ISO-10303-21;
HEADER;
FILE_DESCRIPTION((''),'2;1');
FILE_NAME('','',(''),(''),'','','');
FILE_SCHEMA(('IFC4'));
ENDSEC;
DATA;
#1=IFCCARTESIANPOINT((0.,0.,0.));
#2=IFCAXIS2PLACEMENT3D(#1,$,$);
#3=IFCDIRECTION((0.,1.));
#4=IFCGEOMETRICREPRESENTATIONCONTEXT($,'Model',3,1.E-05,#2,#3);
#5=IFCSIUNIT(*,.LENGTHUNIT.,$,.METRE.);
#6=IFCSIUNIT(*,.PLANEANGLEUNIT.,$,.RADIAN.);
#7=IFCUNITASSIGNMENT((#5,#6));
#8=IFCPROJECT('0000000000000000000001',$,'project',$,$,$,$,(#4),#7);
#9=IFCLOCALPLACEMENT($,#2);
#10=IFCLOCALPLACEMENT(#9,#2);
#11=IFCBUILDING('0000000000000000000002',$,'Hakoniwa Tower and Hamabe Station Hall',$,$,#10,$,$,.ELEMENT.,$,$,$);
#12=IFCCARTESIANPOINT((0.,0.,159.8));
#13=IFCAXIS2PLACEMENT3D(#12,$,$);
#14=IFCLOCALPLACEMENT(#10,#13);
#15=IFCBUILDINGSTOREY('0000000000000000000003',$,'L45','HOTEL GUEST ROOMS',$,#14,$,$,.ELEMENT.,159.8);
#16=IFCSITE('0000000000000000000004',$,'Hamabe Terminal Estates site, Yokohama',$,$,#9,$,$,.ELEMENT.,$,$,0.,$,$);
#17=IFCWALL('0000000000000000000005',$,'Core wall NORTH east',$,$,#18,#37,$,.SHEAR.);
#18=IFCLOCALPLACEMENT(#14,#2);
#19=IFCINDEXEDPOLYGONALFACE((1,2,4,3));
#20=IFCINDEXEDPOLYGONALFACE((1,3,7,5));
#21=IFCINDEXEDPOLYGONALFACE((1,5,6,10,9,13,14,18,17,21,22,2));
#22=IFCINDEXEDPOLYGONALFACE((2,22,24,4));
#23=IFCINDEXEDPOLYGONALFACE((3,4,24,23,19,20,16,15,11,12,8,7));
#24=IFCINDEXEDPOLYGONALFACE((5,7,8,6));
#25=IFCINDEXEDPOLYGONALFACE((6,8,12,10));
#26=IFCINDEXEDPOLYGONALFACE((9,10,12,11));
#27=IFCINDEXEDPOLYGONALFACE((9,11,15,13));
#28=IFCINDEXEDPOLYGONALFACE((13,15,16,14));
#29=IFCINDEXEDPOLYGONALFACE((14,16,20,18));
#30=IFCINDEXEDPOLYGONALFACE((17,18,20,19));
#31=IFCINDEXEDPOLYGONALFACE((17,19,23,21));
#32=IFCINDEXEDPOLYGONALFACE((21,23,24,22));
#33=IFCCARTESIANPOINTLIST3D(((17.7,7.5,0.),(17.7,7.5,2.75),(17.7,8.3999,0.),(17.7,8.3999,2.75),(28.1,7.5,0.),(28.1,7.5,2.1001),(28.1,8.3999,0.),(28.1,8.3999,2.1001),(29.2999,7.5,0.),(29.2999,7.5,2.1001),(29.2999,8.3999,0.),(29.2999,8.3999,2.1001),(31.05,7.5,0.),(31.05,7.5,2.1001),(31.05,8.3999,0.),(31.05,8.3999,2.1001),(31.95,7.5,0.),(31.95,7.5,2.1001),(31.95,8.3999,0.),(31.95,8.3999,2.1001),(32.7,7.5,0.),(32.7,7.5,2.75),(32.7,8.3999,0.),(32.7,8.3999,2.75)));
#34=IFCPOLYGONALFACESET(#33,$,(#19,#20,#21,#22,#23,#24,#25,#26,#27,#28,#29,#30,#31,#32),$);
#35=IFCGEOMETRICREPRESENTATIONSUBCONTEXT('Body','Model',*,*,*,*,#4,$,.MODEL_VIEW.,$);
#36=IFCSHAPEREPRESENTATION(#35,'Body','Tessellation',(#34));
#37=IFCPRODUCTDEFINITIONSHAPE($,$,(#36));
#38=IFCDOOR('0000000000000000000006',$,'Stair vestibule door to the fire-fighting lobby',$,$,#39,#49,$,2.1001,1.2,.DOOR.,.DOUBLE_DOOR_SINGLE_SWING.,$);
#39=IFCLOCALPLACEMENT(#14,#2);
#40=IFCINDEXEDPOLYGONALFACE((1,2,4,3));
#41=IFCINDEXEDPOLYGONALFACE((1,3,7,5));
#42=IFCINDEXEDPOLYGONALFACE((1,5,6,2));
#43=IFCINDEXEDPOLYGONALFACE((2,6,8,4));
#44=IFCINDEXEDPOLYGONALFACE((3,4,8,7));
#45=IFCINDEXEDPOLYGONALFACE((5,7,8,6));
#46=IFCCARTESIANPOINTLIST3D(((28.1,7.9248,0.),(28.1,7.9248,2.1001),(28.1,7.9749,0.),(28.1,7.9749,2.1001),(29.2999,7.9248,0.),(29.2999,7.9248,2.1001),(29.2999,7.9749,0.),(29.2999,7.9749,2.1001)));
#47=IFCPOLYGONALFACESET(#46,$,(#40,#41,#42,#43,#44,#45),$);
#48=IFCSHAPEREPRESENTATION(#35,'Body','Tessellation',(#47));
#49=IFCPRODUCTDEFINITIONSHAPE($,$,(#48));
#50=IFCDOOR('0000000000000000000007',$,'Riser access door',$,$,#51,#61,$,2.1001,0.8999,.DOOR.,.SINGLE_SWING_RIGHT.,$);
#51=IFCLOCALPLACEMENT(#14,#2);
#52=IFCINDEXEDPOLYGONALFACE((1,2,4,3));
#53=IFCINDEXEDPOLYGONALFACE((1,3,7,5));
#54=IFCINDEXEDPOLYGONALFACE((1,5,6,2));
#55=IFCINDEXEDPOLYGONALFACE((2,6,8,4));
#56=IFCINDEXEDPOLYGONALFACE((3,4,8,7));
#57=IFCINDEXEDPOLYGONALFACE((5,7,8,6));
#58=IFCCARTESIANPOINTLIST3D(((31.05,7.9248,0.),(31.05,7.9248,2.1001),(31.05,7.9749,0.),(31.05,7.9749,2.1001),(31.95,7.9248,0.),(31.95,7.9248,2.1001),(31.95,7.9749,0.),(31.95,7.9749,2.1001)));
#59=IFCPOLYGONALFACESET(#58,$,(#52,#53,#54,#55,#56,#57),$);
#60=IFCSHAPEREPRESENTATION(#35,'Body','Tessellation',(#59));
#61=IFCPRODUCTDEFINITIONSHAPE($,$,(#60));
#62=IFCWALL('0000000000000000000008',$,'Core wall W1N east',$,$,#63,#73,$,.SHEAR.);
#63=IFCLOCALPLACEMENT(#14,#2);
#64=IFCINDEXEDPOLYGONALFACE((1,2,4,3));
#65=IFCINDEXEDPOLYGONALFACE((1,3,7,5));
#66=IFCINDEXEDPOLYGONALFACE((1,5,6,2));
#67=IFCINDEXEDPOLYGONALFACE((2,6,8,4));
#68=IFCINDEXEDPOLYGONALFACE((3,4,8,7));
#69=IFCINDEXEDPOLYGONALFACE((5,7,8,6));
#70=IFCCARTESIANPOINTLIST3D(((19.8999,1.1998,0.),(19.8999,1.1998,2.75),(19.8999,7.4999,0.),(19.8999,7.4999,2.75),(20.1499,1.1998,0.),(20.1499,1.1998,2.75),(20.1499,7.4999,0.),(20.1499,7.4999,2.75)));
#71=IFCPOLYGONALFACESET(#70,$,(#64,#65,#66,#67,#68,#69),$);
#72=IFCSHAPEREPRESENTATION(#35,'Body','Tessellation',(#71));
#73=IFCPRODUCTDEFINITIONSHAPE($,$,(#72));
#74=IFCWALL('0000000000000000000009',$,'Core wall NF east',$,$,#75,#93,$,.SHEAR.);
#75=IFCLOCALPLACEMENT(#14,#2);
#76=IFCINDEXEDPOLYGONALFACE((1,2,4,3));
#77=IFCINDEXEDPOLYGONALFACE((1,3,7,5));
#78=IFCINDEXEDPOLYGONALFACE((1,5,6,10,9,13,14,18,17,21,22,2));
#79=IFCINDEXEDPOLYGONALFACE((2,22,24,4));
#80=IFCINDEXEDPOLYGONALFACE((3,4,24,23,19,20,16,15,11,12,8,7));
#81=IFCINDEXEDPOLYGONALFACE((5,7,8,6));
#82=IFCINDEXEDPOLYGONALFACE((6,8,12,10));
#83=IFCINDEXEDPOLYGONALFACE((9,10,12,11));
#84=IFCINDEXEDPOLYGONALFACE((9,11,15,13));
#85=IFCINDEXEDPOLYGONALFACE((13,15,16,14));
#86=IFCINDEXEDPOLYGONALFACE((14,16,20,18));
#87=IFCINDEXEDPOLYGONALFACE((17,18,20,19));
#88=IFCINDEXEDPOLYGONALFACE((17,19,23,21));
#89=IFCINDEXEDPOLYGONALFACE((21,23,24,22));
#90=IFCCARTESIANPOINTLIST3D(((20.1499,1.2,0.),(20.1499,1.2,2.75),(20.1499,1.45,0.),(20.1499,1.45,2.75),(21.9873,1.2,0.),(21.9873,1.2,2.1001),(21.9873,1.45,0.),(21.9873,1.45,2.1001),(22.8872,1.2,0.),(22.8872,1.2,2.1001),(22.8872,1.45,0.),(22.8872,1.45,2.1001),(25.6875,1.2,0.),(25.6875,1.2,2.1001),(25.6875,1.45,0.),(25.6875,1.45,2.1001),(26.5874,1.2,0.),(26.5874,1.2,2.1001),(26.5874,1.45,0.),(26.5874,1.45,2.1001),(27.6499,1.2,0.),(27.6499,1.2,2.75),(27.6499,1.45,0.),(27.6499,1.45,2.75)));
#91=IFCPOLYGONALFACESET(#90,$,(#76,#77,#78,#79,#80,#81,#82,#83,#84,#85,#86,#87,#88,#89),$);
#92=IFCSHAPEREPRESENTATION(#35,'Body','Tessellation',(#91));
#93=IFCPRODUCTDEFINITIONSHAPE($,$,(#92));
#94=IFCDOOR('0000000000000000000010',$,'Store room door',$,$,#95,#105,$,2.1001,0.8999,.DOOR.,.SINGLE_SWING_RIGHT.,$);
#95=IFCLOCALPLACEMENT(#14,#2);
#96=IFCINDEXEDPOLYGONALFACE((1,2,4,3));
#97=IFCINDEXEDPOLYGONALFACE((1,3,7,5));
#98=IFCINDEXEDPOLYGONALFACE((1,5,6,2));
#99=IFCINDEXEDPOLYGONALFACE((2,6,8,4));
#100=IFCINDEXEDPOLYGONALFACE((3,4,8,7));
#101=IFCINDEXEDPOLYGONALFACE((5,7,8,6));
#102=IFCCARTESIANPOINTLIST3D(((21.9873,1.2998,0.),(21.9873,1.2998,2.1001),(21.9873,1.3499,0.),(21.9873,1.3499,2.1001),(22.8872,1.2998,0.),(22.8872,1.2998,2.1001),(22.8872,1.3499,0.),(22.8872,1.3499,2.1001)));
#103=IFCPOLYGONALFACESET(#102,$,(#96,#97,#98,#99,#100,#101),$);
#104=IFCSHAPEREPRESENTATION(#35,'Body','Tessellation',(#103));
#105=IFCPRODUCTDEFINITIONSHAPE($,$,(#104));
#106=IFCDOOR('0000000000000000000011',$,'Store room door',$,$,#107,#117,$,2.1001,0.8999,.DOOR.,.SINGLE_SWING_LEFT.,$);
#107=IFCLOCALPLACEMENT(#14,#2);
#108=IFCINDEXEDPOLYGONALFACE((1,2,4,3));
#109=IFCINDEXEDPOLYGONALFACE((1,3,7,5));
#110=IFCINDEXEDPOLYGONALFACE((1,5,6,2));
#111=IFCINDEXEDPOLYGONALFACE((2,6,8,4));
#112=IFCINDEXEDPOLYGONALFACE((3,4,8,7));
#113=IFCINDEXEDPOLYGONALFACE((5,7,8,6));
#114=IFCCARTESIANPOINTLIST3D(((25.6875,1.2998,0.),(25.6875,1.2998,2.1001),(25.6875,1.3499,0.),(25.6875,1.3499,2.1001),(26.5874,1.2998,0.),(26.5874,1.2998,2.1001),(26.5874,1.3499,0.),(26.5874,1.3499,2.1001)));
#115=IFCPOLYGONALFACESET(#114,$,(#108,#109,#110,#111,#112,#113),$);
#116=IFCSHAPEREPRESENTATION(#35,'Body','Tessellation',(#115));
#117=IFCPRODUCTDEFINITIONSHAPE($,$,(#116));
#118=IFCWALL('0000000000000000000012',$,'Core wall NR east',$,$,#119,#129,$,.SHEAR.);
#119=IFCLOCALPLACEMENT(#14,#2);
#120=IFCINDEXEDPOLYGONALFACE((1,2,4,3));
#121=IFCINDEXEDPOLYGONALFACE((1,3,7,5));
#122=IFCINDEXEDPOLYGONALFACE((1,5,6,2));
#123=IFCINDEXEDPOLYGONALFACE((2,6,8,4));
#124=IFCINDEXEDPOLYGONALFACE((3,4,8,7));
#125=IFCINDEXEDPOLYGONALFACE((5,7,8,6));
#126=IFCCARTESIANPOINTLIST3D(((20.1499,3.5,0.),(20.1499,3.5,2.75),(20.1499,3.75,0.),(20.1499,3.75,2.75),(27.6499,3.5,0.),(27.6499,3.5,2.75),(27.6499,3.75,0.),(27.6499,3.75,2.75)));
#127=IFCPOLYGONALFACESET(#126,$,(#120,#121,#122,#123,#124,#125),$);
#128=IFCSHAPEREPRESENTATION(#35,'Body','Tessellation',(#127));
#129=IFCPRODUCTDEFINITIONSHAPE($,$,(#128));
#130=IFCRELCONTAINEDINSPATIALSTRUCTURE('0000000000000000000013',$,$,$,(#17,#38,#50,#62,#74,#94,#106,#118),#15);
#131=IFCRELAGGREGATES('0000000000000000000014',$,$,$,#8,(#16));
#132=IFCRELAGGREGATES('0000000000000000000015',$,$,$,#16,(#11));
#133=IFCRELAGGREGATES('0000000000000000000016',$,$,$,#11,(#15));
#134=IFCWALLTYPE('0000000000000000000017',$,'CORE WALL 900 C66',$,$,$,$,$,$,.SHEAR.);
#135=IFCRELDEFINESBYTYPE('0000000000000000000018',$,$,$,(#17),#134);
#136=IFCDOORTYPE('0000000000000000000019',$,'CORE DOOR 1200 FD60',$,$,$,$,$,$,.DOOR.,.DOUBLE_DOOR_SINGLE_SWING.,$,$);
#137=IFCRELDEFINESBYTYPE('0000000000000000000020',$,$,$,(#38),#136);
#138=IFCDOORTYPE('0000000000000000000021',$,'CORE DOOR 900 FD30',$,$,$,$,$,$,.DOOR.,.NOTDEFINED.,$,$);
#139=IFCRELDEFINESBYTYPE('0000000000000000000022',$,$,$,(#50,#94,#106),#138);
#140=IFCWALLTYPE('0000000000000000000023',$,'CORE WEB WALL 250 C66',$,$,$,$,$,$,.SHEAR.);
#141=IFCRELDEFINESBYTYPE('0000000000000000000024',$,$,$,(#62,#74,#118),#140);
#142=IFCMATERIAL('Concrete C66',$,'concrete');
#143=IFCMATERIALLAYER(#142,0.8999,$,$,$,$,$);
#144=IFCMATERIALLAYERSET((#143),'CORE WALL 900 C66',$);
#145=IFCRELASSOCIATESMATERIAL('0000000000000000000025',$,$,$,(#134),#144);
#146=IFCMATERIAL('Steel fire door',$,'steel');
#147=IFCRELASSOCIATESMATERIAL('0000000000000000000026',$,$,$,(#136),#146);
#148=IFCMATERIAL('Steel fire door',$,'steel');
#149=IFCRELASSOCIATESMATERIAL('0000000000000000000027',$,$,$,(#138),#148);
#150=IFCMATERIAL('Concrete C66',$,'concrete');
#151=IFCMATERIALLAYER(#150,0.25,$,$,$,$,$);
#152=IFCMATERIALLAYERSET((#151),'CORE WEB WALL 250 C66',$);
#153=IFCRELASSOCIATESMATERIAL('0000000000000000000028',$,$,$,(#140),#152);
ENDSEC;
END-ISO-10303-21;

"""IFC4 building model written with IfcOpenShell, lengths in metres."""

from ifc_helpers import new_model, si_unit, direction, frame, frame_2d, origin, place, context, subcontext, project, spatial, rectangle, extrude, material, layer, layer_set, type_object, element, fill, save


model = new_model("IFC4")

# Units and contexts
model_context = context("Model", 3, precision=1e-05, world=origin(), true_north=direction((0.0, 1.0)))
body_context = subcontext(model_context, "Body", "Model", "MODEL_VIEW")
ifc_project = project(units=[si_unit("LENGTHUNIT", "METRE"), si_unit("PLANEANGLEUNIT", "RADIAN")], contexts=[model_context])

# Site, building, storey
site_placement = place(None, origin())
site = spatial("IfcSite", under=ifc_project, at=site_placement, Name="Hamabe Terminal Estates site, Yokohama", CompositionType="ELEMENT", RefElevation=0.0)
building_placement = place(site_placement, origin())
building = spatial("IfcBuilding", under=site, at=building_placement, Name="Hakoniwa Tower and Hamabe Station Hall", CompositionType="ELEMENT")
storey_placement = place(building_placement, frame((0.0, 0.0, 159.8)))
storey = spatial("IfcBuildingStorey", under=building, at=storey_placement, Name="L45", Description="HOTEL GUEST ROOMS", CompositionType="ELEMENT", Elevation=159.8)

# Wall, openings, doors
ifc_material_1 = material(Name="Concrete C66", Category="concrete")
ifc_layer_1 = layer(ifc_material_1, 0.8999)
ifc_layer_set_1 = layer_set([ifc_layer_1], Name="CORE WALL 900 C66")
wall_type_1 = type_object("IfcWallType", Name="CORE WALL 900 C66", PredefinedType="SHEAR", material=ifc_layer_set_1)
wall_1_placement = place(storey_placement, frame((17.7, 7.95, 0.0), z_axis=(0.0, 0.0, 1.0), x_axis=(1.0, 0.0, 0.0)))
wall_1 = element("IfcWall", 1, at=wall_1_placement, inside=storey, type_object=wall_type_1, Name="Core wall NORTH east", PredefinedType="SHEAR", context=body_context, shape_type="SweptSolid", body=[
    extrude(rectangle(XDim=15.0, YDim=0.8999, at=frame_2d((7.5, 0.0))), origin(), (0.0, 0.0, 1.0), 2.75),
])
opening_1_placement = place(wall_1_placement, frame((10.3999, 0.0, 0.0)))
opening_1 = element("IfcOpeningElement", 2, at=opening_1_placement, cuts=wall_1, PredefinedType="OPENING", context=body_context, shape_type="SweptSolid", body=[
    extrude(rectangle(XDim=1.2, YDim=2.1001, at=frame_2d((0.6001, 1.05))), frame((0.0, 0.46, 0.0), z_axis=(0.0, -1.0, 0.0), x_axis=(1.0, 0.0, 0.0)), (0.0, 0.0, 1.0), 0.9199),
])
opening_2_placement = place(wall_1_placement, frame((13.3501, 0.0, 0.0)))
opening_2 = element("IfcOpeningElement", 3, at=opening_2_placement, cuts=wall_1, PredefinedType="OPENING", context=body_context, shape_type="SweptSolid", body=[
    extrude(rectangle(XDim=0.8999, YDim=2.1001, at=frame_2d((0.45, 1.05))), frame((0.0, 0.46, 0.0), z_axis=(0.0, -1.0, 0.0), x_axis=(1.0, 0.0, 0.0)), (0.0, 0.0, 1.0), 0.9199),
])
ifc_material_2 = material(Name="Steel fire door", Category="steel")
door_type_1 = type_object("IfcDoorType", Name="CORE DOOR 1200 FD60", OperationType="DOUBLE_DOOR_SINGLE_SWING", PredefinedType="DOOR", material=ifc_material_2)
door_1_placement = place(opening_1_placement, origin())
door_1 = element("IfcDoor", 4, at=door_1_placement, inside=storey, type_object=door_type_1, Name="Stair vestibule door to the fire-fighting lobby", OperationType="DOUBLE_DOOR_SINGLE_SWING", OverallHeight=2.1001, OverallWidth=1.2, PredefinedType="DOOR", context=body_context, shape_type="SweptSolid", body=[
    extrude(rectangle(XDim=1.2, YDim=2.1001, at=frame_2d((0.6001, 1.05))), frame((0.0, 0.0249, 0.0), z_axis=(0.0, -1.0, 0.0), x_axis=(1.0, 0.0, 0.0)), (0.0, 0.0, 1.0), 0.05),
])
fill(opening_1, door_1)
ifc_material_3 = material(Name="Steel fire door", Category="steel")
door_type_2 = type_object("IfcDoorType", Name="CORE DOOR 900 FD30", OperationType="NOTDEFINED", PredefinedType="DOOR", material=ifc_material_3)
door_2_placement = place(opening_2_placement, origin())
door_2 = element("IfcDoor", 5, at=door_2_placement, inside=storey, type_object=door_type_2, Name="Riser access door", OperationType="SINGLE_SWING_RIGHT", OverallHeight=2.1001, OverallWidth=0.8999, PredefinedType="DOOR", context=body_context, shape_type="SweptSolid", body=[
    extrude(rectangle(XDim=0.8999, YDim=2.1001, at=frame_2d((0.45, 1.05))), frame((0.0, 0.0249, 0.0), z_axis=(0.0, -1.0, 0.0), x_axis=(1.0, 0.0, 0.0)), (0.0, 0.0, 1.0), 0.05),
])
fill(opening_2, door_2)

# Wall
ifc_material_4 = material(Name="Concrete C66", Category="concrete")
ifc_layer_2 = layer(ifc_material_4, 0.25)
ifc_layer_set_2 = layer_set([ifc_layer_2], Name="CORE WEB WALL 250 C66")
wall_type_2 = type_object("IfcWallType", Name="CORE WEB WALL 250 C66", PredefinedType="SHEAR", material=ifc_layer_set_2)
wall_2_placement = place(storey_placement, frame((20.0249, 1.2, 0.0), z_axis=(0.0, 0.0, 1.0), x_axis=(0.0, 1.0, 0.0)))
element("IfcWall", 6, at=wall_2_placement, inside=storey, type_object=wall_type_2, Name="Core wall W1N east", PredefinedType="SHEAR", context=body_context, shape_type="SweptSolid", body=[
    extrude(rectangle(XDim=6.3, YDim=0.25, at=frame_2d((3.1499, 0.0))), origin(), (0.0, 0.0, 1.0), 2.75),
])

# Wall, openings, doors
wall_3_placement = place(storey_placement, frame((20.1499, 1.325, 0.0), z_axis=(0.0, 0.0, 1.0), x_axis=(1.0, 0.0, 0.0)))
wall_3 = element("IfcWall", 7, at=wall_3_placement, inside=storey, type_object=wall_type_2, Name="Core wall NF east", PredefinedType="SHEAR", context=body_context, shape_type="SweptSolid", body=[
    extrude(rectangle(XDim=7.5, YDim=0.25, at=frame_2d((3.75, 0.0))), origin(), (0.0, 0.0, 1.0), 2.75),
])
opening_3_placement = place(wall_3_placement, frame((1.8374, 0.0, 0.0)))
opening_3 = element("IfcOpeningElement", 8, at=opening_3_placement, cuts=wall_3, PredefinedType="OPENING", context=body_context, shape_type="SweptSolid", body=[
    extrude(rectangle(XDim=0.8999, YDim=2.1001, at=frame_2d((0.45, 1.05))), frame((0.0, 0.135, 0.0), z_axis=(0.0, -1.0, 0.0), x_axis=(1.0, 0.0, 0.0)), (0.0, 0.0, 1.0), 0.27),
])
opening_4_placement = place(wall_3_placement, frame((5.5376, 0.0, 0.0)))
opening_4 = element("IfcOpeningElement", 9, at=opening_4_placement, cuts=wall_3, PredefinedType="OPENING", context=body_context, shape_type="SweptSolid", body=[
    extrude(rectangle(XDim=0.8999, YDim=2.1001, at=frame_2d((0.45, 1.05))), frame((0.0, 0.135, 0.0), z_axis=(0.0, -1.0, 0.0), x_axis=(1.0, 0.0, 0.0)), (0.0, 0.0, 1.0), 0.27),
])
door_3_placement = place(opening_3_placement, origin())
door_3 = element("IfcDoor", 10, at=door_3_placement, inside=storey, type_object=door_type_2, Name="Store room door", OperationType="SINGLE_SWING_RIGHT", OverallHeight=2.1001, OverallWidth=0.8999, PredefinedType="DOOR", context=body_context, shape_type="SweptSolid", body=[
    extrude(rectangle(XDim=0.8999, YDim=2.1001, at=frame_2d((0.45, 1.05))), frame((0.0, 0.0249, 0.0), z_axis=(0.0, -1.0, 0.0), x_axis=(1.0, 0.0, 0.0)), (0.0, 0.0, 1.0), 0.05),
])
fill(opening_3, door_3)
door_4_placement = place(opening_4_placement, origin())
door_4 = element("IfcDoor", 11, at=door_4_placement, inside=storey, type_object=door_type_2, Name="Store room door", OperationType="SINGLE_SWING_LEFT", OverallHeight=2.1001, OverallWidth=0.8999, PredefinedType="DOOR", context=body_context, shape_type="SweptSolid", body=[
    extrude(rectangle(XDim=0.8999, YDim=2.1001, at=frame_2d((0.45, 1.05))), frame((0.0, 0.0249, 0.0), z_axis=(0.0, -1.0, 0.0), x_axis=(1.0, 0.0, 0.0)), (0.0, 0.0, 1.0), 0.05),
])
fill(opening_4, door_4)

# Wall
wall_4_placement = place(storey_placement, frame((20.1499, 3.625, 0.0), z_axis=(0.0, 0.0, 1.0), x_axis=(1.0, 0.0, 0.0)))
element("IfcWall", 12, at=wall_4_placement, inside=storey, type_object=wall_type_2, Name="Core wall NR east", PredefinedType="SHEAR", context=body_context, shape_type="SweptSolid", body=[
    extrude(rectangle(XDim=7.5, YDim=0.25, at=frame_2d((3.75, 0.0))), origin(), (0.0, 0.0, 1.0), 2.75),
])

save(model, "model.ifc")
